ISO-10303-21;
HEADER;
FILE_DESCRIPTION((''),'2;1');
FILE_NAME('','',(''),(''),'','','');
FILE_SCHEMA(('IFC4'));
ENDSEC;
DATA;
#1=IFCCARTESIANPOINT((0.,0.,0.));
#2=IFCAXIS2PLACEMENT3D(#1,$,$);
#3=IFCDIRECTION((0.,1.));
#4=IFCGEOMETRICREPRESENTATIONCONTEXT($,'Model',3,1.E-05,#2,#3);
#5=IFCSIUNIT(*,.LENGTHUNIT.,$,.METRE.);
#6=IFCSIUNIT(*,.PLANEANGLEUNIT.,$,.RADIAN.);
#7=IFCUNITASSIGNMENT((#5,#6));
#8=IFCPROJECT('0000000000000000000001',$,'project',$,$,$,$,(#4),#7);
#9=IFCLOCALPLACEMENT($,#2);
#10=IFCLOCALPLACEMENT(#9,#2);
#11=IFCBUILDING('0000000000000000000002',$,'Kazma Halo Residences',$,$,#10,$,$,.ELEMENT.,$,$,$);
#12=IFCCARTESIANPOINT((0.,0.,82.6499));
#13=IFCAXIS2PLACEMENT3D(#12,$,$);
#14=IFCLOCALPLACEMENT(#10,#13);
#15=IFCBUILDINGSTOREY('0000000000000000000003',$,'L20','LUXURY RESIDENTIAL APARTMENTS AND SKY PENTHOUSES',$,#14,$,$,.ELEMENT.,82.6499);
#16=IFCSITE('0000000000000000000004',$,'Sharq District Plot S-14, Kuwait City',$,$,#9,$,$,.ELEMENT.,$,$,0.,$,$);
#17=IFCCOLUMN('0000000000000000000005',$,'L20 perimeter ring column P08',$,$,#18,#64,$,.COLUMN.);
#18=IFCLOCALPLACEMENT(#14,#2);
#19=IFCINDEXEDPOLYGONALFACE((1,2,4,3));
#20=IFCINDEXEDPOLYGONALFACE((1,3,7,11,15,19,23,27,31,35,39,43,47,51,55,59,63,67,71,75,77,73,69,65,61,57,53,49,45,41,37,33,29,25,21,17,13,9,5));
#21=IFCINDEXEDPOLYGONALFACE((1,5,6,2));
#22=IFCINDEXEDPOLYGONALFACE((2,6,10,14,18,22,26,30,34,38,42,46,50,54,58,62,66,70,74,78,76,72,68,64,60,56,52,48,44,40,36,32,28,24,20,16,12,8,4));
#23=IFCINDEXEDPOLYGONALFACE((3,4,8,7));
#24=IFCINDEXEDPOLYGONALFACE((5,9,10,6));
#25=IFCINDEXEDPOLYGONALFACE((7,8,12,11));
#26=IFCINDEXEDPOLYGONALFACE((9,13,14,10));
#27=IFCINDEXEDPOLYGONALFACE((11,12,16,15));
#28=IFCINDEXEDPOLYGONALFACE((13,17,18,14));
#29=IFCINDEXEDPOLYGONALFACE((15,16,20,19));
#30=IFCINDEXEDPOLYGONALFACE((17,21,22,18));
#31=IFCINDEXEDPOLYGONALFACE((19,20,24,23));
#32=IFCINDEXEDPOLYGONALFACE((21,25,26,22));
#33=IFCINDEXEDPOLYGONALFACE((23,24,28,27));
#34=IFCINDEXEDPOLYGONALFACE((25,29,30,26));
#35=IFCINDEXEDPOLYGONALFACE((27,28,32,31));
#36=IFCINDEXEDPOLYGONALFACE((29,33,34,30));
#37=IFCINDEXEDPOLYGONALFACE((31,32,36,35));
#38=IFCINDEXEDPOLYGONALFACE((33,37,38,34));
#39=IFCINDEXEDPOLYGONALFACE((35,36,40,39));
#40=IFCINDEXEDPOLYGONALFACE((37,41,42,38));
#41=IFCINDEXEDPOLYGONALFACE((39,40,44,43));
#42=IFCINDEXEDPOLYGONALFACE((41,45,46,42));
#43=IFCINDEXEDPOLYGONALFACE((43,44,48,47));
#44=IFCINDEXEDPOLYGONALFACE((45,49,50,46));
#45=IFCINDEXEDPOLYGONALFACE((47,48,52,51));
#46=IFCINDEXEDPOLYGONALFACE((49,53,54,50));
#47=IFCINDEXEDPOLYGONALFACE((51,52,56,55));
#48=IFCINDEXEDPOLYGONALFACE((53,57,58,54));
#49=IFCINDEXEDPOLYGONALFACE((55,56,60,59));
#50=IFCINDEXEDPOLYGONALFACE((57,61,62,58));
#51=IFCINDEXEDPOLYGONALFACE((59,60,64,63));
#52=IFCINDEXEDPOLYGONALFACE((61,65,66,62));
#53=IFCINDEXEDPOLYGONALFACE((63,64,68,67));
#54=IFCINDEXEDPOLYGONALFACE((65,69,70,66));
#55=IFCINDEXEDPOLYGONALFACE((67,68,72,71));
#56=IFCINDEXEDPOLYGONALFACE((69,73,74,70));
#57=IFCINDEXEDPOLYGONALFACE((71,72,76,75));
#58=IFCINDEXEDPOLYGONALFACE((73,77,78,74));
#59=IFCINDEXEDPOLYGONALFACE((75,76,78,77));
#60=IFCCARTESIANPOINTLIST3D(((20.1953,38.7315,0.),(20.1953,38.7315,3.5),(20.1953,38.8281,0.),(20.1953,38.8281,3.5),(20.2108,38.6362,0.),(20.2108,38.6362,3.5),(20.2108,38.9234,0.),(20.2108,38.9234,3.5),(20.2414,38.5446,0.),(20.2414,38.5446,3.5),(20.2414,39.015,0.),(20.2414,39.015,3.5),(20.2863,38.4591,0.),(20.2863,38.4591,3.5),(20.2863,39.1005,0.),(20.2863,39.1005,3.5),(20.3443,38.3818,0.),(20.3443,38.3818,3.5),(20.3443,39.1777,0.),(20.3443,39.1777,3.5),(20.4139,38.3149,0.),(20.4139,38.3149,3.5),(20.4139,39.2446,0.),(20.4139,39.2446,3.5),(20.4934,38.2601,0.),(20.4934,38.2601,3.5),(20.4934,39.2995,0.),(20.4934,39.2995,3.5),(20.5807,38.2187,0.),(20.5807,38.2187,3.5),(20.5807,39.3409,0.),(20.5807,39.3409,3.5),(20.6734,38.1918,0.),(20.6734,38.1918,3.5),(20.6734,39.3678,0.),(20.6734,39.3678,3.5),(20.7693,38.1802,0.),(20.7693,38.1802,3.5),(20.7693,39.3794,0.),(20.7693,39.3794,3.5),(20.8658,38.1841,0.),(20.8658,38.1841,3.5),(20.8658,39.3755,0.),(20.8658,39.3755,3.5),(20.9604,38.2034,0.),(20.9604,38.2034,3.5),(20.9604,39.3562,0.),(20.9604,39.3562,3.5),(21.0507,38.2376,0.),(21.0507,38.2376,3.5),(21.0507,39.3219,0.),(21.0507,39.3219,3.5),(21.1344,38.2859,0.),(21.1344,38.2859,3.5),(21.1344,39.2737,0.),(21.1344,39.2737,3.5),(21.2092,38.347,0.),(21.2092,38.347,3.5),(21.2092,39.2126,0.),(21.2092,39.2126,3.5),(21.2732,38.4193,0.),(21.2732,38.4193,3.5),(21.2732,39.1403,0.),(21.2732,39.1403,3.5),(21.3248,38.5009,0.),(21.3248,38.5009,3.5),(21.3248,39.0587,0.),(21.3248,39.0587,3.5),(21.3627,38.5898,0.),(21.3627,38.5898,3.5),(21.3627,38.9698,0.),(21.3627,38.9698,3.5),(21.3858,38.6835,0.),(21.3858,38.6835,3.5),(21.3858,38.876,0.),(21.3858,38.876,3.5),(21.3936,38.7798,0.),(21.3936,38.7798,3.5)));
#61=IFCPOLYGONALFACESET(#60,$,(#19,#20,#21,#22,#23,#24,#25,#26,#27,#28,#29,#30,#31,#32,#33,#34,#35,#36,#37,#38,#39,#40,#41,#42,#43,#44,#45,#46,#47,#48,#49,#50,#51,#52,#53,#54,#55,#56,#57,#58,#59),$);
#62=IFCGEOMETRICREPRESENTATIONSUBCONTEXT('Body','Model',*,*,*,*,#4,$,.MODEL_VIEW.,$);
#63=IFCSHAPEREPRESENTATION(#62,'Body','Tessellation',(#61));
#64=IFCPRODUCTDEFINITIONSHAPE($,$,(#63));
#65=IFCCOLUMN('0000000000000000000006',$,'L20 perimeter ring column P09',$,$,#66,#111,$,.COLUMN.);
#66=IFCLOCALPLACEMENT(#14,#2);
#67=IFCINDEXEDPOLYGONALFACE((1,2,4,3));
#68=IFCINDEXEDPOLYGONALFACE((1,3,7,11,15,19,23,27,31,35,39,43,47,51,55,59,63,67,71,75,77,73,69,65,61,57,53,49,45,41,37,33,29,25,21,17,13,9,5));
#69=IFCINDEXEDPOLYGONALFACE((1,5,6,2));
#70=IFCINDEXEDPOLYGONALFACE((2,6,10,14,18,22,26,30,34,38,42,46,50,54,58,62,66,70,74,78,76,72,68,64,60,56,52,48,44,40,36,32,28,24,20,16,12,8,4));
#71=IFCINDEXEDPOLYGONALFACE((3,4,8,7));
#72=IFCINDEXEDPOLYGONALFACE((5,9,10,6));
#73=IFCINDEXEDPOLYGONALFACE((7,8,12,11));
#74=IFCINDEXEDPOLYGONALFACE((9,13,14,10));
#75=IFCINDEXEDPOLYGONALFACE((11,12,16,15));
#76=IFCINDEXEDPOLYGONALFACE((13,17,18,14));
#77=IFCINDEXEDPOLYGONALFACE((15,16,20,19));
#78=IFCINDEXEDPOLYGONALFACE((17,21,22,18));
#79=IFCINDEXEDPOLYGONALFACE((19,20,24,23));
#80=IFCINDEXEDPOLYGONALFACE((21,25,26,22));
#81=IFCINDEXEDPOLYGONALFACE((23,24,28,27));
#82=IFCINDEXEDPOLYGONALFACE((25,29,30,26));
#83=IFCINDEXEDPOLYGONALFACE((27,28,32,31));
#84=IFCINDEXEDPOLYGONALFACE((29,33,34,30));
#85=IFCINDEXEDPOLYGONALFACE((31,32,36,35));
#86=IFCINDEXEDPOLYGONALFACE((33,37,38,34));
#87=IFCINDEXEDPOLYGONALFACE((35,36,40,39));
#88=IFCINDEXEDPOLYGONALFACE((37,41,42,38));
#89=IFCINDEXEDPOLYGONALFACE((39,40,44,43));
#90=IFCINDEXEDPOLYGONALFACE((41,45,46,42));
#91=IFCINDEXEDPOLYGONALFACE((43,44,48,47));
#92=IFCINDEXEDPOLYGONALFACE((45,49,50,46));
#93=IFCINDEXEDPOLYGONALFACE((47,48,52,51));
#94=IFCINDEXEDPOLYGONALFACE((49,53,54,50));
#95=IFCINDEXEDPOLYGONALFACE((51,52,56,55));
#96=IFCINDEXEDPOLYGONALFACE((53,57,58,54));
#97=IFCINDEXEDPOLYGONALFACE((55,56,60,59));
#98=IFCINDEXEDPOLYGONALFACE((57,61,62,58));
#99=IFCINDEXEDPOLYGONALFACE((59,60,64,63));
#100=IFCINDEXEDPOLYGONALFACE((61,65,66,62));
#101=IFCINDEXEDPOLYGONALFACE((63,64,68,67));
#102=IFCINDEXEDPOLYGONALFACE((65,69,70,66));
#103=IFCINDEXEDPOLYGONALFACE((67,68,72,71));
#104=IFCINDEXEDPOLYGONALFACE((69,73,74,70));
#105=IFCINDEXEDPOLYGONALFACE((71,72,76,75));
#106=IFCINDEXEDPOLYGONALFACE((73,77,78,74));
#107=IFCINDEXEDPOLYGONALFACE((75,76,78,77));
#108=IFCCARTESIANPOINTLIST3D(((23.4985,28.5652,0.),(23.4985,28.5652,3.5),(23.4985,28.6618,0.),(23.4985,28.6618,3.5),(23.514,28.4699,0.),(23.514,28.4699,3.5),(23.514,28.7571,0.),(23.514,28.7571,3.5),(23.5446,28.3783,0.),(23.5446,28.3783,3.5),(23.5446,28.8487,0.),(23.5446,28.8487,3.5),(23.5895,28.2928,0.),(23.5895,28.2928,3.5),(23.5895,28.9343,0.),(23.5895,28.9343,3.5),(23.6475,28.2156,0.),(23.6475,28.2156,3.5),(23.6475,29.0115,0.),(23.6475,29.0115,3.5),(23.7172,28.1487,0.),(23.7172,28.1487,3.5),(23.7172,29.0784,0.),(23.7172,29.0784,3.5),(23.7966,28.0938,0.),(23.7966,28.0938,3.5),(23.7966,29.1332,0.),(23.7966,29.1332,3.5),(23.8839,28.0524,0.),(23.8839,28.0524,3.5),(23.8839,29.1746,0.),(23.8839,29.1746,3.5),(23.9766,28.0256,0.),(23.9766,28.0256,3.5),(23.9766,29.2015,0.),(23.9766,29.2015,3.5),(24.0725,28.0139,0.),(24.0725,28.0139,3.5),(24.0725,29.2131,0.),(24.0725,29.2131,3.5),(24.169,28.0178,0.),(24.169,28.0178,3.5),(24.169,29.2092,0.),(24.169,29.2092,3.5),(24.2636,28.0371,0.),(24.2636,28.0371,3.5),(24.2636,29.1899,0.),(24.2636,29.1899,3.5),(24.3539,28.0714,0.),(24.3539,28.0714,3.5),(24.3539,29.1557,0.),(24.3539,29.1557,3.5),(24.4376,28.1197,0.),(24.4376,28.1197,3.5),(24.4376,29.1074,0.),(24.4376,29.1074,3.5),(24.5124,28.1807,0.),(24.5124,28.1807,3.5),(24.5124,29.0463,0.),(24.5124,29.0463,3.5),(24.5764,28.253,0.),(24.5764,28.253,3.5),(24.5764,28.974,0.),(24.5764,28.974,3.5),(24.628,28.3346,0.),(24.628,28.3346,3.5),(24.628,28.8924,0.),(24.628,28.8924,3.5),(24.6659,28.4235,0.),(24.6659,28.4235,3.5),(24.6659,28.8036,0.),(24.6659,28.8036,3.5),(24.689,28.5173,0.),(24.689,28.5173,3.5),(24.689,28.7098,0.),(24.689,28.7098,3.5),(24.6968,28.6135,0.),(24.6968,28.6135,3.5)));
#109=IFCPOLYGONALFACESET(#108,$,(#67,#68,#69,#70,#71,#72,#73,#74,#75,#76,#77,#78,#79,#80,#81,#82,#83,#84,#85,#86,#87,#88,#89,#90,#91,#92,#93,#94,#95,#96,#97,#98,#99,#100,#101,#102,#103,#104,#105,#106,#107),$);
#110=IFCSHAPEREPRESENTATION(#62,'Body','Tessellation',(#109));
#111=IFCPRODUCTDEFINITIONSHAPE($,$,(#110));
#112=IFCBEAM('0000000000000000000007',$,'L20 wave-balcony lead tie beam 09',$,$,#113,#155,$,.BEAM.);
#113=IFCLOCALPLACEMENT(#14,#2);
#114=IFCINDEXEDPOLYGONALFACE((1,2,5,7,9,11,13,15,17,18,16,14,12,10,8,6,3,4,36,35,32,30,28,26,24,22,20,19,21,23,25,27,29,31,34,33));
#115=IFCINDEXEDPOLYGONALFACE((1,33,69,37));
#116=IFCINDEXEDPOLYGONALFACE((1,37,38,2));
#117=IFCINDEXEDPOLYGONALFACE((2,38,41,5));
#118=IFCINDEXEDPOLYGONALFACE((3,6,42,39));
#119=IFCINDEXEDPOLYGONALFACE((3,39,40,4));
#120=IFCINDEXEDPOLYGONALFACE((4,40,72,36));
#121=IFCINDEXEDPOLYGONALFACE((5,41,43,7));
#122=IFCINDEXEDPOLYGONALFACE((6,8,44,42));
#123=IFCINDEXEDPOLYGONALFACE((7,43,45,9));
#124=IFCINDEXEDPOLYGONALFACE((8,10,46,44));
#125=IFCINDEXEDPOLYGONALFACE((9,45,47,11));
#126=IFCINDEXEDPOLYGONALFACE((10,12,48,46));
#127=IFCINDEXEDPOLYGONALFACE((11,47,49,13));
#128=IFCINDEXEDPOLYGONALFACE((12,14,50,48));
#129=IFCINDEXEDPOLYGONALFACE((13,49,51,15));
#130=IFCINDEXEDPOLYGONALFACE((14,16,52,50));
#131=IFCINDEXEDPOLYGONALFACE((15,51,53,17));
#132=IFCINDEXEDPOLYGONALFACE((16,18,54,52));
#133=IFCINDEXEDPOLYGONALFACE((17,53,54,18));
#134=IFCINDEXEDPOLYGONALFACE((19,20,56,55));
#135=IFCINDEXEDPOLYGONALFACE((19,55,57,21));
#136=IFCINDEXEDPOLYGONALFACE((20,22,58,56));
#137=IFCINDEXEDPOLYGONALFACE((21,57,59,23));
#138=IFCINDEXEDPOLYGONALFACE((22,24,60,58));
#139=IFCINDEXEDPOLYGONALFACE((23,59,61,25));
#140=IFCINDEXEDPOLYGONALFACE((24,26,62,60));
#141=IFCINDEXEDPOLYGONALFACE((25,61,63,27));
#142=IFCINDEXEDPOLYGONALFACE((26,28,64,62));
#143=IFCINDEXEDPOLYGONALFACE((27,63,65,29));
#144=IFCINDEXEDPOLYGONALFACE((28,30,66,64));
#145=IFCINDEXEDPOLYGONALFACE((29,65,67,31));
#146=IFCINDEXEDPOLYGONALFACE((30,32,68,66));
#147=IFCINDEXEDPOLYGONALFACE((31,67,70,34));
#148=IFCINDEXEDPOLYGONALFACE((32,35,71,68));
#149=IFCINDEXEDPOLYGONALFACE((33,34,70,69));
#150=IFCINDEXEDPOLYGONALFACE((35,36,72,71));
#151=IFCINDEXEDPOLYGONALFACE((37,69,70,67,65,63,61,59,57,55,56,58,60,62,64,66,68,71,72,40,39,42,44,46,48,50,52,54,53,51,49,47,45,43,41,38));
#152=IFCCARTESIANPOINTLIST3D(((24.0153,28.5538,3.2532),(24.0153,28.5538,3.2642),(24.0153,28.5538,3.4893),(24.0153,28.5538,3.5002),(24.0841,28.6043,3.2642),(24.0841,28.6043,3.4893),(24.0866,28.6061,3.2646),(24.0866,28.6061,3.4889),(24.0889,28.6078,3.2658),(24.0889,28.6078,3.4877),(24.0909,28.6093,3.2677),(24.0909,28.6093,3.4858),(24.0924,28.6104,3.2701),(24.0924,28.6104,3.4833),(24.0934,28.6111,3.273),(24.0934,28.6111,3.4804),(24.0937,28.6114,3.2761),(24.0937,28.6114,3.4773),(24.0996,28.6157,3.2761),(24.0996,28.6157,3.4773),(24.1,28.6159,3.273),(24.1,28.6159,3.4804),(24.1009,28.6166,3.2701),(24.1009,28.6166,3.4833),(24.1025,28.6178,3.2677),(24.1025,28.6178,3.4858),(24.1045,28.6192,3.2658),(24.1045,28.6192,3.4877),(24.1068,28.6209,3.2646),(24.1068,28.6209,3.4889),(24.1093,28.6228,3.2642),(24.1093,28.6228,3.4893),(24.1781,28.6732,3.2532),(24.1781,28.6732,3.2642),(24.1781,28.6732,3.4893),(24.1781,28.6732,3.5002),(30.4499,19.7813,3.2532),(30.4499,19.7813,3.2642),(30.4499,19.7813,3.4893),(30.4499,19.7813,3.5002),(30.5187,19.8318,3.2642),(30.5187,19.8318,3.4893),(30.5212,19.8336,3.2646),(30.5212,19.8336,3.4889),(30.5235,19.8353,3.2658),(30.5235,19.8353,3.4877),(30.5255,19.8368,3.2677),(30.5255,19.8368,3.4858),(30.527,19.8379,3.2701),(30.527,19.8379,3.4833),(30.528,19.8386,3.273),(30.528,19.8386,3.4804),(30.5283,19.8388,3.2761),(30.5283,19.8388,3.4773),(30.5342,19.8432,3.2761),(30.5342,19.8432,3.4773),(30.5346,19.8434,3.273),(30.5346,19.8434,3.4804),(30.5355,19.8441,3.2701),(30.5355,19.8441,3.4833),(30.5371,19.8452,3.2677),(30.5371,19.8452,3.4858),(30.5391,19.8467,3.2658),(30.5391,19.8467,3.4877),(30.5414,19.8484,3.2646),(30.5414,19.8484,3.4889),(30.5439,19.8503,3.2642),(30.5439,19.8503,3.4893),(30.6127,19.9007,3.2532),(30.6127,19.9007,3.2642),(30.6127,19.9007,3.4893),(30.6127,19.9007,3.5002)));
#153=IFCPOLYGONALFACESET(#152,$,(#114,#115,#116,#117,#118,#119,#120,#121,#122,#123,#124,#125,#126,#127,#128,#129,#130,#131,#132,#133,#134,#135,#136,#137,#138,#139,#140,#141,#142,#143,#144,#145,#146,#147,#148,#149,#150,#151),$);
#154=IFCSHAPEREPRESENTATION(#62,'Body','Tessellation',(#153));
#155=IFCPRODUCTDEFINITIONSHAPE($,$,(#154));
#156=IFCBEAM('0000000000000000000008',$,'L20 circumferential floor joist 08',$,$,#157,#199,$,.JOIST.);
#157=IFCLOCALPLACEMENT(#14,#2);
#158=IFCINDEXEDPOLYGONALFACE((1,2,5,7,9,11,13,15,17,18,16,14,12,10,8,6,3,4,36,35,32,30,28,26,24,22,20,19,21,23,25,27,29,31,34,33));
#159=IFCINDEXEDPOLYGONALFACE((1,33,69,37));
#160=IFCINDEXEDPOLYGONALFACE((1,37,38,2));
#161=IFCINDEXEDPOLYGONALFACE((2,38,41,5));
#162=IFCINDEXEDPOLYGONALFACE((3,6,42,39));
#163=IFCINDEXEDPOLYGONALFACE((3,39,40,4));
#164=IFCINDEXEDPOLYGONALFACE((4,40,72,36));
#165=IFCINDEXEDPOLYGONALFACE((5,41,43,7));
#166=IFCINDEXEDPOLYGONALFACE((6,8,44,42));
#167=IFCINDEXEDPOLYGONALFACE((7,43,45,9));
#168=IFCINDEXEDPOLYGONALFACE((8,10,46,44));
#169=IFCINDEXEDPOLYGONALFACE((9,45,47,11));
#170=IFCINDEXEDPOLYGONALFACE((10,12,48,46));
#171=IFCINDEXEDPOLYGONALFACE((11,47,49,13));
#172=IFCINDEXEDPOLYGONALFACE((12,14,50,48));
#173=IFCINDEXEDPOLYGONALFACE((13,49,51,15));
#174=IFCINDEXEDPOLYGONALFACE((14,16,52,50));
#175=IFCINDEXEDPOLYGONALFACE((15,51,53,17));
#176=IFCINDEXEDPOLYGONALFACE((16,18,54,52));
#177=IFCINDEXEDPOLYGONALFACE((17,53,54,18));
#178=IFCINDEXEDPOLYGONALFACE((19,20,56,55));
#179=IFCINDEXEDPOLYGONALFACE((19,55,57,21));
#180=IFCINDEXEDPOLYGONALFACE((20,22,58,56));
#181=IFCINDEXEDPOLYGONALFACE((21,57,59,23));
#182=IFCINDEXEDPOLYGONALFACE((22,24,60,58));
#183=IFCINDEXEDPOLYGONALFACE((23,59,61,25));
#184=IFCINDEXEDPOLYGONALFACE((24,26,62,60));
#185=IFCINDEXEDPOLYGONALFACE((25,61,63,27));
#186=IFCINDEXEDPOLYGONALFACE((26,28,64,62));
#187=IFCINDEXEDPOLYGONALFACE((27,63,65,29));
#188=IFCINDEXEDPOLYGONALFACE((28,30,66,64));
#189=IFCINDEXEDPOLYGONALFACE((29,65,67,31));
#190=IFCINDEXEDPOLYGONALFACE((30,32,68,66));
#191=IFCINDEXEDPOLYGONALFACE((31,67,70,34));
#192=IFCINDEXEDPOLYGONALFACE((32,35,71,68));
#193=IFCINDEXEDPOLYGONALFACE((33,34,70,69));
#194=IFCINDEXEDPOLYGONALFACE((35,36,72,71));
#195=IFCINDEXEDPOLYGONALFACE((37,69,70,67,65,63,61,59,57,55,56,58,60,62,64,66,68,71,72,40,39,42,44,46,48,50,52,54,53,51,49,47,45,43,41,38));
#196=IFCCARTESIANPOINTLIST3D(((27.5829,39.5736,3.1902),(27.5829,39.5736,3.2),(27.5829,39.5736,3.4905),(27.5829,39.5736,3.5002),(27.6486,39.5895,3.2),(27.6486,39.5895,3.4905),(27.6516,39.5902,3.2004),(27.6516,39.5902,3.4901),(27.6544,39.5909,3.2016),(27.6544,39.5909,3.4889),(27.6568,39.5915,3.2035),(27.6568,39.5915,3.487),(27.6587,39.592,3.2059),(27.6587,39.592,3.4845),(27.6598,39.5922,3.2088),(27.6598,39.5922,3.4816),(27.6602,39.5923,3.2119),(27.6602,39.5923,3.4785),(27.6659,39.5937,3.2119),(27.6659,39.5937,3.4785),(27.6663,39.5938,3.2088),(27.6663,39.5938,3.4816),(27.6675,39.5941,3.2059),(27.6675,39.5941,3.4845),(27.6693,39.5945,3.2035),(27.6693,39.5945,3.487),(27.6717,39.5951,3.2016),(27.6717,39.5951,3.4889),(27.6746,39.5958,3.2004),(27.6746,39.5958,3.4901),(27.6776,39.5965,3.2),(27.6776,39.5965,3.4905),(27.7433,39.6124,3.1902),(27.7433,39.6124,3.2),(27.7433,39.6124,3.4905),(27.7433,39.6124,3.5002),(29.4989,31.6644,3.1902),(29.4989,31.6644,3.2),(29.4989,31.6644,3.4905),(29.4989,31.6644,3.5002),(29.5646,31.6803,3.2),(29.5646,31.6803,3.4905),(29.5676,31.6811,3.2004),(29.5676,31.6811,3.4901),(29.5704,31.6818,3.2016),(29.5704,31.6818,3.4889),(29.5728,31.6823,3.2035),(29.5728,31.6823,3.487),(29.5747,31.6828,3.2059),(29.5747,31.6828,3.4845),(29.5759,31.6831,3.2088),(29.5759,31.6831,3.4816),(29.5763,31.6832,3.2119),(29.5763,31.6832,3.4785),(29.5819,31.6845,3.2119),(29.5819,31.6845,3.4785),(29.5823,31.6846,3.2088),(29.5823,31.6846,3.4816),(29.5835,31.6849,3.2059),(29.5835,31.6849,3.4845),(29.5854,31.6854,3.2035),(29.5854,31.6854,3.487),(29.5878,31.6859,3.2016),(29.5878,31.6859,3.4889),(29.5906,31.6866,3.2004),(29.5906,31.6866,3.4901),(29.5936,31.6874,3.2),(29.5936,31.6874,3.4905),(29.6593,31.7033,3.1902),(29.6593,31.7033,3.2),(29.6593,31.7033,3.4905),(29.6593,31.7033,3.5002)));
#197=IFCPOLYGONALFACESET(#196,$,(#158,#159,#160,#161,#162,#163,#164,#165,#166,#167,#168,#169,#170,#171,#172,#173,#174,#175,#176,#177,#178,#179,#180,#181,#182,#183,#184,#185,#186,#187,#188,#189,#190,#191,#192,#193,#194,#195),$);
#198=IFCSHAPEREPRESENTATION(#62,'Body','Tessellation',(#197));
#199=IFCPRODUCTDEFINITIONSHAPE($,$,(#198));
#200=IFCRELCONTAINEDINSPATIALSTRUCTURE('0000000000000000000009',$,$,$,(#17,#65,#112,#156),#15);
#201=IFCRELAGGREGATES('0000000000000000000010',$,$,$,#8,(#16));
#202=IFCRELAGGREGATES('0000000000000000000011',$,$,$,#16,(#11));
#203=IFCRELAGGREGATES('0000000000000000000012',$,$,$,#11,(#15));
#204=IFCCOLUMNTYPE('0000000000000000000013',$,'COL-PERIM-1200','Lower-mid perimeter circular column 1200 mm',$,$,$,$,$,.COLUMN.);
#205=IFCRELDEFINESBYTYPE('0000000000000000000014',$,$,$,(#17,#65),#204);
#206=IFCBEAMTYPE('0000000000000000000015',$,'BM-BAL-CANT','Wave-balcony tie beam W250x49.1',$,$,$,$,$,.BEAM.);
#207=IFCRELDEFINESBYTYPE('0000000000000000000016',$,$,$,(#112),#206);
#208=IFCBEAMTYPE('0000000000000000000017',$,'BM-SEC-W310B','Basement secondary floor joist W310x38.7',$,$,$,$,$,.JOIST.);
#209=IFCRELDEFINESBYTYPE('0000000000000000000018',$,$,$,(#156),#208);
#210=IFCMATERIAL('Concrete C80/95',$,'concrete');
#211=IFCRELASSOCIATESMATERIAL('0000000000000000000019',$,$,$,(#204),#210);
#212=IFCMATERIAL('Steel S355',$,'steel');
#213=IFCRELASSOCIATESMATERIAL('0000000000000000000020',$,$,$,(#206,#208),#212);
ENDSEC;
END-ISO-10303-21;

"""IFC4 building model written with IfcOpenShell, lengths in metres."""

from ifc_helpers import new_model, si_unit, direction, frame, origin, origin_2d, place, context, subcontext, project, spatial, circle, i_section, extrude, material, material_profile, profile_set, type_object, element, save


model = new_model("IFC4")

# Units and contexts
model_context = context("Model", 3, precision=1e-05, world=origin(), true_north=direction((0.0, 1.0)))
body_context = subcontext(model_context, "Body", "Model", "MODEL_VIEW")
ifc_project = project(units=[si_unit("LENGTHUNIT", "METRE"), si_unit("PLANEANGLEUNIT", "RADIAN")], contexts=[model_context])

# Site, building, storey
site_placement = place(None, origin())
site = spatial("IfcSite", under=ifc_project, at=site_placement, Name="Sharq District Plot S-14, Kuwait City", CompositionType="ELEMENT", RefElevation=0.0)
building_placement = place(site_placement, origin())
building = spatial("IfcBuilding", under=site, at=building_placement, Name="Kazma Halo Residences", CompositionType="ELEMENT")
storey_placement = place(building_placement, frame((0.0, 0.0, 82.6499)))
storey = spatial("IfcBuildingStorey", under=building, at=storey_placement, Name="L20", Description="LUXURY RESIDENTIAL APARTMENTS AND SKY PENTHOUSES", CompositionType="ELEMENT", Elevation=82.6499)

# Columns
ifc_material_1 = material(Name="Concrete C80/95", Category="concrete")
ifc_material_profile_1 = material_profile(ifc_material_1, circle(Radius=0.6001, at=origin_2d()), Name="CIRC1200")
ifc_profile_set_1 = profile_set([ifc_material_profile_1], Name="Concrete C80/95")
column_type = type_object("IfcColumnType", Name="COL-PERIM-1200", Description="Lower-mid perimeter circular column 1200 mm", PredefinedType="COLUMN", material=ifc_profile_set_1)
for number, where, z_axis, x_axis, name in (
    (1, (20.7935, 38.7798, 0.0), (0.0, 0.0, 1.0), (1.0, 0.0, 0.0), "L20 perimeter ring column P08"),
    (2, (24.0967, 28.6135, 0.0), (0.0, 0.0, 1.0), (1.0, 0.0, 0.0), "L20 perimeter ring column P09"),
):
    element("IfcColumn", number, at=place(storey_placement, frame(where, z_axis=z_axis, x_axis=x_axis)), inside=storey, type_object=column_type, Name=name, PredefinedType="COLUMN", context=body_context, shape_type="SweptSolid", body=[
        extrude(circle(Radius=0.6001, at=origin_2d()), origin(), (0.0, 0.0, 1.0), 3.5),
    ])

# Beams
ifc_material_2 = material(Name="Steel S355", Category="steel")
ifc_material_profile_2 = material_profile(ifc_material_2, i_section(OverallWidth=0.2019, OverallDepth=0.2471, WebThickness=0.0073, FlangeThickness=0.011, FilletRadius=0.012, at=origin_2d()), Name="W250x49.1")
ifc_profile_set_2 = profile_set([ifc_material_profile_2], Name="Steel S355")
beam_type_1 = type_object("IfcBeamType", Name="BM-BAL-CANT", Description="Wave-balcony tie beam W250x49.1", PredefinedType="BEAM", material=ifc_profile_set_2)
beam_1_placement = place(storey_placement, frame((24.0967, 28.6135, 3.3767), z_axis=(0.591449, -0.806342, 0.0), x_axis=(0.806342, 0.591449, 0.0)))
element("IfcBeam", 3, at=beam_1_placement, inside=storey, type_object=beam_type_1, Name="L20 wave-balcony lead tie beam 09", PredefinedType="BEAM", context=body_context, shape_type="SweptSolid", body=[
    extrude(i_section(OverallWidth=0.2019, OverallDepth=0.2471, WebThickness=0.0073, FlangeThickness=0.011, FilletRadius=0.012, at=origin_2d()), origin(), (0.0, 0.0, 1.0), 10.8794),
])
ifc_material_profile_3 = material_profile(ifc_material_2, i_section(OverallWidth=0.165, OverallDepth=0.3101, WebThickness=0.0059, FlangeThickness=0.0098, FilletRadius=0.012, at=origin_2d()), Name="W310x38.7")
ifc_profile_set_3 = profile_set([ifc_material_profile_3], Name="Steel S355")
beam_type_2 = type_object("IfcBeamType", Name="BM-SEC-W310B", Description="Basement secondary floor joist W310x38.7", PredefinedType="JOIST", material=ifc_profile_set_3)
beam_2_placement = place(storey_placement, frame((27.6631, 39.593, 3.3452), z_axis=(0.235442, -0.971888, 0.0), x_axis=(0.971888, 0.235442, 0.0)))
element("IfcBeam", 4, at=beam_2_placement, inside=storey, type_object=beam_type_2, Name="L20 circumferential floor joist 08", PredefinedType="JOIST", context=body_context, shape_type="SweptSolid", body=[
    extrude(i_section(OverallWidth=0.165, OverallDepth=0.3101, WebThickness=0.0059, FlangeThickness=0.0098, FilletRadius=0.012, at=origin_2d()), origin(), (0.0, 0.0, 1.0), 8.1379),
])

save(model, "model.ifc")
